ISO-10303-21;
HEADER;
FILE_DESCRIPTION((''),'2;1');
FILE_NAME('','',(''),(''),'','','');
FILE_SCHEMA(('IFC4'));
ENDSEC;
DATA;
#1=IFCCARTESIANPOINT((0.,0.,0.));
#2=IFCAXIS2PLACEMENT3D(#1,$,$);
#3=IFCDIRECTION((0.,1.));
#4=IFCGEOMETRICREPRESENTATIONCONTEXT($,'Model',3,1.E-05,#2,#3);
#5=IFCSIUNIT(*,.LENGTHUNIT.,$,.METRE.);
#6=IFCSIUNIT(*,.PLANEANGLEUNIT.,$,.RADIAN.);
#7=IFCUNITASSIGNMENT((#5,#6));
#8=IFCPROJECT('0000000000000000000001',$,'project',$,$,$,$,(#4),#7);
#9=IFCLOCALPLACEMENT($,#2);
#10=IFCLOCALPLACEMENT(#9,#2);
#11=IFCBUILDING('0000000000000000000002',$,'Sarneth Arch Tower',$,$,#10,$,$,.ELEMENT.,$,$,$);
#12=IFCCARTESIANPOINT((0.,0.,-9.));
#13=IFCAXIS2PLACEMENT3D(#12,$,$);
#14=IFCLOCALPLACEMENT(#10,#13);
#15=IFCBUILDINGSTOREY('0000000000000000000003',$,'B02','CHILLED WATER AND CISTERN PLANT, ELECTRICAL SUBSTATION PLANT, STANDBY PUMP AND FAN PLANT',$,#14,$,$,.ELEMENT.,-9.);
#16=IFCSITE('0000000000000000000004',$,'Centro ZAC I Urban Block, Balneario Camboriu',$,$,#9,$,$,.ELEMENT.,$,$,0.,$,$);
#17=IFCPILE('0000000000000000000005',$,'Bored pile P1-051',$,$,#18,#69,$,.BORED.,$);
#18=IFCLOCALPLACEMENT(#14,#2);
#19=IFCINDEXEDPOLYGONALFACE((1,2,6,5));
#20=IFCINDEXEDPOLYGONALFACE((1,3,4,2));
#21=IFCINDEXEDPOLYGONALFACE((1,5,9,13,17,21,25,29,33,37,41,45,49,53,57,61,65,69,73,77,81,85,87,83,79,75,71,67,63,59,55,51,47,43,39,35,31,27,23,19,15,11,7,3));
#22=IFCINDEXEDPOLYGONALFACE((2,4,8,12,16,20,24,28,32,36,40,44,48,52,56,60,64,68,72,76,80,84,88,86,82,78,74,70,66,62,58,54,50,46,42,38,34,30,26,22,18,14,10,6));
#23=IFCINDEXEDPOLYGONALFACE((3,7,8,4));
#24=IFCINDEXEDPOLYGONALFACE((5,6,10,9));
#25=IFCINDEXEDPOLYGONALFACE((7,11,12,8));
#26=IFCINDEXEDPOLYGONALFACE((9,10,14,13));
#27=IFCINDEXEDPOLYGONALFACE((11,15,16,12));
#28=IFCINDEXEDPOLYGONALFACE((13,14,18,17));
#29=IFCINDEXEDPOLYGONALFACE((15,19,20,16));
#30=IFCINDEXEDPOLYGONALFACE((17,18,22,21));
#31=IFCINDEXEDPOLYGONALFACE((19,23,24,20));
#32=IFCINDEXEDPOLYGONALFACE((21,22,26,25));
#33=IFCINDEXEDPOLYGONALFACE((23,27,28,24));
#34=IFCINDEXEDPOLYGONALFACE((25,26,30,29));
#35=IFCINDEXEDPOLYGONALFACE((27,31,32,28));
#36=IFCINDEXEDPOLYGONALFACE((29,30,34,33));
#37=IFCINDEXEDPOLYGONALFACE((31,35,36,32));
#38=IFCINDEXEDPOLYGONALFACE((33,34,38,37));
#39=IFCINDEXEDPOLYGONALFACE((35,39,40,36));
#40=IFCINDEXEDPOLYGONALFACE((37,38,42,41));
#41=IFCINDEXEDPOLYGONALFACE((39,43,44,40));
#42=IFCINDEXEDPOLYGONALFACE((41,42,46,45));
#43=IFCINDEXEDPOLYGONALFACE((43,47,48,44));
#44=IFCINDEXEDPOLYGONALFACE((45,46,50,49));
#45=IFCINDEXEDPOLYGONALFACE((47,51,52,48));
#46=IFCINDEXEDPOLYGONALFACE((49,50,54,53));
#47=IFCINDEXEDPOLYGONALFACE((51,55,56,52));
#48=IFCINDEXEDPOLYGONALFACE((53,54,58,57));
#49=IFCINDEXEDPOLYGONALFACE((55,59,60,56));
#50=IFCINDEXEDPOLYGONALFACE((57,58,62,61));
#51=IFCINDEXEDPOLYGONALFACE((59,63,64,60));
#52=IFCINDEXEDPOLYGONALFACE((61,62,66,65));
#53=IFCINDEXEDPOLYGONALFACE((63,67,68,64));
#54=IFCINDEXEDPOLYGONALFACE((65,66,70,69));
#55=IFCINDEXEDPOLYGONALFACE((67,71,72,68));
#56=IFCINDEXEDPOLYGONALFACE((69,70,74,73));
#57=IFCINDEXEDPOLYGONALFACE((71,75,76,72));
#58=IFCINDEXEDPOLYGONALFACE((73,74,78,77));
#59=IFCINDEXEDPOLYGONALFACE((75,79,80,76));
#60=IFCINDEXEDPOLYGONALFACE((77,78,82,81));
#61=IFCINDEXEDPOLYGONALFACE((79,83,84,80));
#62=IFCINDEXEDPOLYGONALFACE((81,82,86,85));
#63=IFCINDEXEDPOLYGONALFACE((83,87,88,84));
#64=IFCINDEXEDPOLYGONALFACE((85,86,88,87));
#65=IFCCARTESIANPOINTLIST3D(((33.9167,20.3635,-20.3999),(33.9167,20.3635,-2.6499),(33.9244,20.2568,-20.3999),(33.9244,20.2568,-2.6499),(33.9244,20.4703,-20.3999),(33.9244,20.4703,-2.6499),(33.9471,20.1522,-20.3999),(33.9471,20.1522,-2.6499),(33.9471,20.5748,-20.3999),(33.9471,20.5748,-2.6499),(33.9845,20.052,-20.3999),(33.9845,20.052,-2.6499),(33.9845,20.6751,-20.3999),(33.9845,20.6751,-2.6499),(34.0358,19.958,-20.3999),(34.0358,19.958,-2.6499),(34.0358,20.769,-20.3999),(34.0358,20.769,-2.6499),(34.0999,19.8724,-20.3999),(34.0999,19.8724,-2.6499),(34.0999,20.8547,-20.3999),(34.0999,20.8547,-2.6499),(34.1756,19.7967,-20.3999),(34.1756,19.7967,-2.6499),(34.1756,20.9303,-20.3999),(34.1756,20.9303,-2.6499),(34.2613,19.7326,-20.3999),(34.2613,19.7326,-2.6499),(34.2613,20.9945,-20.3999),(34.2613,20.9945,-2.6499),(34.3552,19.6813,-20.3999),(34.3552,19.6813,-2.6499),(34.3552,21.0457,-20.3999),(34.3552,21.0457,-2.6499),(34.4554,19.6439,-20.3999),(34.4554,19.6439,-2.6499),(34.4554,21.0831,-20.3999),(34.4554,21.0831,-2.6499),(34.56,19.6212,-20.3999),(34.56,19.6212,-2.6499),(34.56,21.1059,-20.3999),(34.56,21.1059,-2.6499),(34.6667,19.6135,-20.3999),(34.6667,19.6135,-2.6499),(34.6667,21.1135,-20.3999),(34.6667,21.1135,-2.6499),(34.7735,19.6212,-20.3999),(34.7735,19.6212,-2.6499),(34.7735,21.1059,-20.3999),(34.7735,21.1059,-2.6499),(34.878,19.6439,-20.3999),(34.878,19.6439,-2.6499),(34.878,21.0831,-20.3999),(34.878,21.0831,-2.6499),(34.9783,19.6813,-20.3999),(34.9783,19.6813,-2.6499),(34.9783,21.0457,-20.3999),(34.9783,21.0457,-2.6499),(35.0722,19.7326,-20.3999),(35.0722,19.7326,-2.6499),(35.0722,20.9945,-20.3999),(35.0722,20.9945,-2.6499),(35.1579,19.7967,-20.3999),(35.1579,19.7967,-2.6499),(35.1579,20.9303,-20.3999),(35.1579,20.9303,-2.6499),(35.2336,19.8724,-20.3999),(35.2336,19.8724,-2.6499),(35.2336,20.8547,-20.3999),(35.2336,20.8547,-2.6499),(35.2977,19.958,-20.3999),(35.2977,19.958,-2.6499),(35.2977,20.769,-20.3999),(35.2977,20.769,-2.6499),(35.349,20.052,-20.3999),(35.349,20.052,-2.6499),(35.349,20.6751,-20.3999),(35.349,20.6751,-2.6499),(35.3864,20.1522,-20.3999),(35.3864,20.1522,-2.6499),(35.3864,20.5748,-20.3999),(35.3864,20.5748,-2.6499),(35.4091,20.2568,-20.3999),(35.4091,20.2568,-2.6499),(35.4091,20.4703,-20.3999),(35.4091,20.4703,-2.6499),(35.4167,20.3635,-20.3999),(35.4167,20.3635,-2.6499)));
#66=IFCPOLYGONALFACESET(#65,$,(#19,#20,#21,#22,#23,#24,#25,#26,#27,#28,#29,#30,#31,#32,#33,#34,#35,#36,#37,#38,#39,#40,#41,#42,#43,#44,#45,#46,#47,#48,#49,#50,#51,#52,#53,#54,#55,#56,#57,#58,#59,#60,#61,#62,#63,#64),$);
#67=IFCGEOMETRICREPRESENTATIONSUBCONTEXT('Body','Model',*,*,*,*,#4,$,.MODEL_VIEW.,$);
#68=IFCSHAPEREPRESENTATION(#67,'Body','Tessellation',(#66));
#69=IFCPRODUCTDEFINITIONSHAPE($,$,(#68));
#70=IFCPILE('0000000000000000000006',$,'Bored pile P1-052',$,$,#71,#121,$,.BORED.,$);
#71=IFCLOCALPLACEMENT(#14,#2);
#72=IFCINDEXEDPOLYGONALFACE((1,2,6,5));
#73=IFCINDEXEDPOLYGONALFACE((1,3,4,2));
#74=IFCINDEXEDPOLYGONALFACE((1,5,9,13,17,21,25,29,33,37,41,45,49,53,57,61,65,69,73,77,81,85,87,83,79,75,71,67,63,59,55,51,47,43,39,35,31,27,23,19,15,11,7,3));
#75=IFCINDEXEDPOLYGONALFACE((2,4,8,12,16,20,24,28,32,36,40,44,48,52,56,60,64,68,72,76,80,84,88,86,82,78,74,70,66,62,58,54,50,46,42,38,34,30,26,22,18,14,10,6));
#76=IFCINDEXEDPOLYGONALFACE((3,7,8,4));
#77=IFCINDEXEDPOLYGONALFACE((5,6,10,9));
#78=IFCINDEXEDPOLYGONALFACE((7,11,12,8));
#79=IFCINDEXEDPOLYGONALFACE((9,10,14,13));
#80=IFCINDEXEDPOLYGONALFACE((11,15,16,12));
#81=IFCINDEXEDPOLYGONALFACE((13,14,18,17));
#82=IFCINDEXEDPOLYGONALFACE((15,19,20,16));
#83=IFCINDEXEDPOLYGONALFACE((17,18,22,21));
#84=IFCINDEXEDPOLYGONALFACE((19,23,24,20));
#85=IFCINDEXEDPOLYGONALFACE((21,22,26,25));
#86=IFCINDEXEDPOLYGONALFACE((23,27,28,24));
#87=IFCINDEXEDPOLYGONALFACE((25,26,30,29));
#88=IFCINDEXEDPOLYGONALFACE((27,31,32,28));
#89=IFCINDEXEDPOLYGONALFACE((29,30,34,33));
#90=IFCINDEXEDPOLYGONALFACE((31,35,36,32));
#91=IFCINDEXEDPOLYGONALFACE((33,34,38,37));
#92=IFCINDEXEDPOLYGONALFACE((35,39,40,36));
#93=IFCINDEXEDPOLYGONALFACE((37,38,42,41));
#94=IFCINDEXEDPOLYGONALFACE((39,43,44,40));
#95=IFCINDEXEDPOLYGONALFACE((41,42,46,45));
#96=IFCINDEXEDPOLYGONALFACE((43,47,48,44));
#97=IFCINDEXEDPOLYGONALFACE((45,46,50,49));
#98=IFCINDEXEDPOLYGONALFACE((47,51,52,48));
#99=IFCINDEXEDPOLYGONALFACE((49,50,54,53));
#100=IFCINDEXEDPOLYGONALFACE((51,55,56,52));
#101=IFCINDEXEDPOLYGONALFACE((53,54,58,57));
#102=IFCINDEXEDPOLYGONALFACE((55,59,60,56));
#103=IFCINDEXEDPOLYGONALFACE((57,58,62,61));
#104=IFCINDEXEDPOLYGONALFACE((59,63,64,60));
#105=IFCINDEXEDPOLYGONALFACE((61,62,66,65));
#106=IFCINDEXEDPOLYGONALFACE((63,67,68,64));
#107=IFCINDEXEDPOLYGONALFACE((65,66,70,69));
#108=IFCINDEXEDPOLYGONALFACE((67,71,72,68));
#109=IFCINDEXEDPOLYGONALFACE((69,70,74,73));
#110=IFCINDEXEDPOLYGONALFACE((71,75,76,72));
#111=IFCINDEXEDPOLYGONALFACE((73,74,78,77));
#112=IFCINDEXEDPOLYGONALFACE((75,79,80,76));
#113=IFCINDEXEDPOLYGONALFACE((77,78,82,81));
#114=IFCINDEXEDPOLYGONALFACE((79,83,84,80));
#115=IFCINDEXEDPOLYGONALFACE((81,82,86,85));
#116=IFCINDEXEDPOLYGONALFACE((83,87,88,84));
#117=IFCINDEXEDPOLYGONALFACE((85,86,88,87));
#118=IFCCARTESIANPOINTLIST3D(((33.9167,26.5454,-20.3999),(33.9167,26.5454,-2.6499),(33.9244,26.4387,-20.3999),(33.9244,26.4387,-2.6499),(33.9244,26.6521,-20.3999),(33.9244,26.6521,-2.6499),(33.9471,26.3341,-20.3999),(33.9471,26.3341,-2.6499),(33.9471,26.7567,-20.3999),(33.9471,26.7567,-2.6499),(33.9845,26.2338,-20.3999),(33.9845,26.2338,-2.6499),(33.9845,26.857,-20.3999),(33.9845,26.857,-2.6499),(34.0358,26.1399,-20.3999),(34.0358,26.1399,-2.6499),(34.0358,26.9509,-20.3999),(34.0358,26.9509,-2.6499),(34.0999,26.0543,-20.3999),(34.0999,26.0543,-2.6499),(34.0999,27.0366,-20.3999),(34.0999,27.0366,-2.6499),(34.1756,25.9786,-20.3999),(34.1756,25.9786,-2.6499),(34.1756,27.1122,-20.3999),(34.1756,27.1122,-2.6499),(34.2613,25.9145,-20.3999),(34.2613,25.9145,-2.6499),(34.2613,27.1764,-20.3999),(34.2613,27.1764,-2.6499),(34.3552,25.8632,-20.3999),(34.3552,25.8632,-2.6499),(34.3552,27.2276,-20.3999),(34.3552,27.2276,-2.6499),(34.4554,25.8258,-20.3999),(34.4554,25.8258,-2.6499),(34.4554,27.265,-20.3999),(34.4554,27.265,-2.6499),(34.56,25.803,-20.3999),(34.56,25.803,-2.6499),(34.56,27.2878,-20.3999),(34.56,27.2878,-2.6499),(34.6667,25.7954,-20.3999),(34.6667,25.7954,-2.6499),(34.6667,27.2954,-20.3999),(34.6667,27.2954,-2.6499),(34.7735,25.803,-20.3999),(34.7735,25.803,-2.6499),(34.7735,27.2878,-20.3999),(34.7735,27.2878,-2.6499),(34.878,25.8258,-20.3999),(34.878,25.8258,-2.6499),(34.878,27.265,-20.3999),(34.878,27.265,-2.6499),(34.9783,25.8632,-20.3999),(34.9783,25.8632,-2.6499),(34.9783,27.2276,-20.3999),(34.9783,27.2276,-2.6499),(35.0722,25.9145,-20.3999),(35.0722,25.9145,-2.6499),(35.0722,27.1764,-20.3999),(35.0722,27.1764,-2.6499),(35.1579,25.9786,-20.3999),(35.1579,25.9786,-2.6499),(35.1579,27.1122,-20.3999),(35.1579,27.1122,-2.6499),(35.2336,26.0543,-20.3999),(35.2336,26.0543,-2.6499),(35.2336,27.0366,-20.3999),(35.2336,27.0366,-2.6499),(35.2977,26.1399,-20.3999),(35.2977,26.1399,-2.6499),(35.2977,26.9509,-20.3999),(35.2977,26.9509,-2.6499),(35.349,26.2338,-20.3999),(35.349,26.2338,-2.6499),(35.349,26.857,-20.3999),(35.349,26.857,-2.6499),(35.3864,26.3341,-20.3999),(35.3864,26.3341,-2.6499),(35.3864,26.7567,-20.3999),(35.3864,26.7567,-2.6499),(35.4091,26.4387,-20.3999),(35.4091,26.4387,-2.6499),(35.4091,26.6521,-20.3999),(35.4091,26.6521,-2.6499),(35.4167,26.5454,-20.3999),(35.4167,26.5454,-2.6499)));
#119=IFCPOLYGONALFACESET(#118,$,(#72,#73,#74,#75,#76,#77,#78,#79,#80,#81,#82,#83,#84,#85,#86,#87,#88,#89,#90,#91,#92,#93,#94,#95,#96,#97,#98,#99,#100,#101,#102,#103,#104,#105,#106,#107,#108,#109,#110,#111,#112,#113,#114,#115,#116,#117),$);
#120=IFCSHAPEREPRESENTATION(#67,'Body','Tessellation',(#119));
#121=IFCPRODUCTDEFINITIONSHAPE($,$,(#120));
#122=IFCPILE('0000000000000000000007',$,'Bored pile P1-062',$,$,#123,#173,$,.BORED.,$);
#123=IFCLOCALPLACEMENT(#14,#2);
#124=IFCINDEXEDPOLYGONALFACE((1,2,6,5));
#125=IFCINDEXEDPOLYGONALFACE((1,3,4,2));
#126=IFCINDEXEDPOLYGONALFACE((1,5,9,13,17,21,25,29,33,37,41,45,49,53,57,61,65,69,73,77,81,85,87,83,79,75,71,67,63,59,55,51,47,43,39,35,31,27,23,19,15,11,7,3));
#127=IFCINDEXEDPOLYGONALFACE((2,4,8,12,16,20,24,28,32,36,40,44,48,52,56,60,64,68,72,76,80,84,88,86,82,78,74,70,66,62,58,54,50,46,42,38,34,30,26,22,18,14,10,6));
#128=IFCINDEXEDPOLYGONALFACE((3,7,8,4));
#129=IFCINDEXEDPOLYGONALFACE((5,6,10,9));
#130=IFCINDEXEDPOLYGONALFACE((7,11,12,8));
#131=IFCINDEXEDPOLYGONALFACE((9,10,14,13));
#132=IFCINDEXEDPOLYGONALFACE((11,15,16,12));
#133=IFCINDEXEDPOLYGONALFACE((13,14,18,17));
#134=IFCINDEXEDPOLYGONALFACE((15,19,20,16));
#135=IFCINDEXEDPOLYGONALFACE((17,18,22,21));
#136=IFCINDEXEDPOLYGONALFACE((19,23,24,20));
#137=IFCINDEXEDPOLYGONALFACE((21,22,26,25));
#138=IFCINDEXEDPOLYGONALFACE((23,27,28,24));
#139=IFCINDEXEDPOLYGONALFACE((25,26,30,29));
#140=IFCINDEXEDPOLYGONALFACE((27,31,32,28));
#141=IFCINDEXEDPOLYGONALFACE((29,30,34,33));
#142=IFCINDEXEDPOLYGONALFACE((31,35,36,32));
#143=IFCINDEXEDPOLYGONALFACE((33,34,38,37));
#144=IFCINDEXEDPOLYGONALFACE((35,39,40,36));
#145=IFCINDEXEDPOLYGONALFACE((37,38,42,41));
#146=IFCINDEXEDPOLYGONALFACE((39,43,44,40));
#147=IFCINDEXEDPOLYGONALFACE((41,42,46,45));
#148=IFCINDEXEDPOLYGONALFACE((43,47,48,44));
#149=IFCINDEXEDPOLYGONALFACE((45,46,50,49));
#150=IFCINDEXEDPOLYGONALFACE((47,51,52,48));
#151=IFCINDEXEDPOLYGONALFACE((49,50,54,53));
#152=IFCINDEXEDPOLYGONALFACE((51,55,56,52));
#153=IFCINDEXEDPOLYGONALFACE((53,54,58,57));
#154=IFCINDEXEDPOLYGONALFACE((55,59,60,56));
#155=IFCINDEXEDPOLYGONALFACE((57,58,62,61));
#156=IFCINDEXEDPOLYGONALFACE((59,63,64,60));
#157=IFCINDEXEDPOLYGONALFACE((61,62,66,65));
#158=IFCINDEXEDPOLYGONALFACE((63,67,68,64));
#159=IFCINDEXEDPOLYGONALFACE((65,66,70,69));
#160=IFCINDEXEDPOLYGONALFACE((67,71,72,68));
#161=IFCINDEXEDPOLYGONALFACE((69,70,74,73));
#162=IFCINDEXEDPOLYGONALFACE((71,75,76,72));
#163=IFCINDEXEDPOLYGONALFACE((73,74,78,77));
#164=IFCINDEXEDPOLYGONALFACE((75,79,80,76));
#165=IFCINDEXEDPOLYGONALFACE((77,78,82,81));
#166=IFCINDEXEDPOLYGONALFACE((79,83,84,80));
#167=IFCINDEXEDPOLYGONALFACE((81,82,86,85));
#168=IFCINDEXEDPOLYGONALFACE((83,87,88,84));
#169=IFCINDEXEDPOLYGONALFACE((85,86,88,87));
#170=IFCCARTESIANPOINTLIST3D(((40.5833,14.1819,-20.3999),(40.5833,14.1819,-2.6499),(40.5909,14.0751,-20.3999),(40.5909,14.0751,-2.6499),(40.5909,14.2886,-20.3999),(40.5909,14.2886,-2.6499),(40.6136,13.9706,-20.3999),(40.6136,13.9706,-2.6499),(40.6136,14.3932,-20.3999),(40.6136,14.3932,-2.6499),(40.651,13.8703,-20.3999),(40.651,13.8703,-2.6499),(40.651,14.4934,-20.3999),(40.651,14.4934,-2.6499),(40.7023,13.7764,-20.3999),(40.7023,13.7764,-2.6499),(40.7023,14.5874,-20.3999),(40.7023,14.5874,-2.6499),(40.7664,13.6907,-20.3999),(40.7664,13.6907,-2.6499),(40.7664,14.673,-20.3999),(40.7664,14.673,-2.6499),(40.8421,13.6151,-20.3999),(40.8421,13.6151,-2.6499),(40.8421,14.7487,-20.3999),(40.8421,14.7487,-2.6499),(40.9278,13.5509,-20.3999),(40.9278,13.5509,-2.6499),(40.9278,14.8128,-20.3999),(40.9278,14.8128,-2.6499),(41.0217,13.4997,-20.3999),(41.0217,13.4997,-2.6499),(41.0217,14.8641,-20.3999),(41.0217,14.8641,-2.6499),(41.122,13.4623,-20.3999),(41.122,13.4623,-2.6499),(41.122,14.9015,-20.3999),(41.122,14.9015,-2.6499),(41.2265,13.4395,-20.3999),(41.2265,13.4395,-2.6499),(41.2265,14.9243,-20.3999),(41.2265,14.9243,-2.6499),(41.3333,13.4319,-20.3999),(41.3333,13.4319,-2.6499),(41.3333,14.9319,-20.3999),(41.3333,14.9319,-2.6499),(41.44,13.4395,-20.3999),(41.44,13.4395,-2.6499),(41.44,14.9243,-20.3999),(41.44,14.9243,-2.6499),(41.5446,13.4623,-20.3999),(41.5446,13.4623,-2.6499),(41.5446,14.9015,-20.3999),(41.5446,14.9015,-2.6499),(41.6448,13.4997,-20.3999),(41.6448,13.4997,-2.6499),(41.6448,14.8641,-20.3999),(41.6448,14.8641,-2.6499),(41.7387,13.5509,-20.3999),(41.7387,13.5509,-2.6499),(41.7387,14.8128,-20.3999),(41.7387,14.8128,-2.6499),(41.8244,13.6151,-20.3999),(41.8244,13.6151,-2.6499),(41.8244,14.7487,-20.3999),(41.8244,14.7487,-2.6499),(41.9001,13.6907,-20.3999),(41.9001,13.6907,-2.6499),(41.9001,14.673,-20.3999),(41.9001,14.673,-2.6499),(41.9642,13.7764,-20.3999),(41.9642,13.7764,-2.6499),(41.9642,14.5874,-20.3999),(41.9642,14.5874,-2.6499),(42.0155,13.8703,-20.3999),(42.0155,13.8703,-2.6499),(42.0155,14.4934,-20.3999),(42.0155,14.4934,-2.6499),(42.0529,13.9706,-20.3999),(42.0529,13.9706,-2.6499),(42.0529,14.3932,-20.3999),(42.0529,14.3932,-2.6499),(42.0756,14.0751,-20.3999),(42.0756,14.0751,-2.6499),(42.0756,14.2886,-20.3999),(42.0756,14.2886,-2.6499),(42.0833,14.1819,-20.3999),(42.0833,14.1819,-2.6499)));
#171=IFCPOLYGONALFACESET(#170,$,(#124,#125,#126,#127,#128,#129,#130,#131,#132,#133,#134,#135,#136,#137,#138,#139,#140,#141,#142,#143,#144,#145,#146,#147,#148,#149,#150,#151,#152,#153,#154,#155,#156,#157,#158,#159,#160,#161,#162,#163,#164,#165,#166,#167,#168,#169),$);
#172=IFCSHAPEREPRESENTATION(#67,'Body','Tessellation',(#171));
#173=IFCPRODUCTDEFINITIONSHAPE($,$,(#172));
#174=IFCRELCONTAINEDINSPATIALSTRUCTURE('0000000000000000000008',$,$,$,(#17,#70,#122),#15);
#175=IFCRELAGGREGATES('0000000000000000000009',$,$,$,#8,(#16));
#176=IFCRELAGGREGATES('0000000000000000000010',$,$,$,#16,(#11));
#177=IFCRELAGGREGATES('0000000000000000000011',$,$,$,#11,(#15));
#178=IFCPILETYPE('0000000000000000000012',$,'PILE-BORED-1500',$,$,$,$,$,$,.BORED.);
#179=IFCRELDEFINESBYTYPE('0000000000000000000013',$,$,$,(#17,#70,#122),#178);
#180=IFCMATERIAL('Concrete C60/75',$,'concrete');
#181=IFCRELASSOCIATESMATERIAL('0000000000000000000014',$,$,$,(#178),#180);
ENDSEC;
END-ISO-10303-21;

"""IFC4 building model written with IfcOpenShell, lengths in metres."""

from ifc_helpers import new_model, si_unit, direction, frame, origin, origin_2d, place, context, subcontext, project, spatial, circle, extrude, material, material_profile, profile_set, type_object, element, save


model = new_model("IFC4")

# Units and contexts
model_context = context("Model", 3, precision=1e-05, world=origin(), true_north=direction((0.0, 1.0)))
body_context = subcontext(model_context, "Body", "Model", "MODEL_VIEW")
ifc_project = project(units=[si_unit("LENGTHUNIT", "METRE"), si_unit("PLANEANGLEUNIT", "RADIAN")], contexts=[model_context])

# Site, building, storey
site_placement = place(None, origin())
site = spatial("IfcSite", under=ifc_project, at=site_placement, Name="Centro ZAC I Urban Block, Balneario Camboriu", CompositionType="ELEMENT", RefElevation=0.0)
building_placement = place(site_placement, origin())
building = spatial("IfcBuilding", under=site, at=building_placement, Name="Sarneth Arch Tower", CompositionType="ELEMENT")
storey_placement = place(building_placement, frame((0.0, 0.0, -9.0)))
storey = spatial("IfcBuildingStorey", under=building, at=storey_placement, Name="B02", Description="CHILLED WATER AND CISTERN PLANT, ELECTRICAL SUBSTATION PLANT, STANDBY PUMP AND FAN PLANT", CompositionType="ELEMENT", Elevation=-9.0)

# Piles
ifc_material_1 = material(Name="Concrete C60/75", Category="concrete")
ifc_material_profile_1 = material_profile(ifc_material_1, circle(Radius=0.75, at=origin_2d()), Name="PILE-D1500")
ifc_profile_set_1 = profile_set([ifc_material_profile_1], Name="Concrete C60/75")
pile_type_1 = type_object("IfcPileType", Name="PILE-BORED-1500", PredefinedType="BORED", material=ifc_profile_set_1)
for number, where, z_axis, x_axis, name in (
    (1, (34.6667, 20.3635, -2.6499), (0.0, 0.0, -1.0), (1.0, 0.0, 0.0), "Bored pile P1-051"),
    (2, (34.6667, 26.5454, -2.6499), (0.0, 0.0, -1.0), (1.0, 0.0, 0.0), "Bored pile P1-052"),
    (3, (41.3333, 14.1819, -2.6499), (0.0, 0.0, -1.0), (1.0, 0.0, 0.0), "Bored pile P1-062"),
):
    element("IfcPile", number, at=place(storey_placement, frame(where, z_axis=z_axis, x_axis=x_axis)), inside=storey, type_object=pile_type_1, Name=name, PredefinedType="BORED", context=body_context, shape_type="SweptSolid", body=[
        extrude(circle(Radius=0.75, at=origin_2d()), origin(), (0.0, 0.0, 1.0), 17.75),
    ])

save(model, "model.ifc")
